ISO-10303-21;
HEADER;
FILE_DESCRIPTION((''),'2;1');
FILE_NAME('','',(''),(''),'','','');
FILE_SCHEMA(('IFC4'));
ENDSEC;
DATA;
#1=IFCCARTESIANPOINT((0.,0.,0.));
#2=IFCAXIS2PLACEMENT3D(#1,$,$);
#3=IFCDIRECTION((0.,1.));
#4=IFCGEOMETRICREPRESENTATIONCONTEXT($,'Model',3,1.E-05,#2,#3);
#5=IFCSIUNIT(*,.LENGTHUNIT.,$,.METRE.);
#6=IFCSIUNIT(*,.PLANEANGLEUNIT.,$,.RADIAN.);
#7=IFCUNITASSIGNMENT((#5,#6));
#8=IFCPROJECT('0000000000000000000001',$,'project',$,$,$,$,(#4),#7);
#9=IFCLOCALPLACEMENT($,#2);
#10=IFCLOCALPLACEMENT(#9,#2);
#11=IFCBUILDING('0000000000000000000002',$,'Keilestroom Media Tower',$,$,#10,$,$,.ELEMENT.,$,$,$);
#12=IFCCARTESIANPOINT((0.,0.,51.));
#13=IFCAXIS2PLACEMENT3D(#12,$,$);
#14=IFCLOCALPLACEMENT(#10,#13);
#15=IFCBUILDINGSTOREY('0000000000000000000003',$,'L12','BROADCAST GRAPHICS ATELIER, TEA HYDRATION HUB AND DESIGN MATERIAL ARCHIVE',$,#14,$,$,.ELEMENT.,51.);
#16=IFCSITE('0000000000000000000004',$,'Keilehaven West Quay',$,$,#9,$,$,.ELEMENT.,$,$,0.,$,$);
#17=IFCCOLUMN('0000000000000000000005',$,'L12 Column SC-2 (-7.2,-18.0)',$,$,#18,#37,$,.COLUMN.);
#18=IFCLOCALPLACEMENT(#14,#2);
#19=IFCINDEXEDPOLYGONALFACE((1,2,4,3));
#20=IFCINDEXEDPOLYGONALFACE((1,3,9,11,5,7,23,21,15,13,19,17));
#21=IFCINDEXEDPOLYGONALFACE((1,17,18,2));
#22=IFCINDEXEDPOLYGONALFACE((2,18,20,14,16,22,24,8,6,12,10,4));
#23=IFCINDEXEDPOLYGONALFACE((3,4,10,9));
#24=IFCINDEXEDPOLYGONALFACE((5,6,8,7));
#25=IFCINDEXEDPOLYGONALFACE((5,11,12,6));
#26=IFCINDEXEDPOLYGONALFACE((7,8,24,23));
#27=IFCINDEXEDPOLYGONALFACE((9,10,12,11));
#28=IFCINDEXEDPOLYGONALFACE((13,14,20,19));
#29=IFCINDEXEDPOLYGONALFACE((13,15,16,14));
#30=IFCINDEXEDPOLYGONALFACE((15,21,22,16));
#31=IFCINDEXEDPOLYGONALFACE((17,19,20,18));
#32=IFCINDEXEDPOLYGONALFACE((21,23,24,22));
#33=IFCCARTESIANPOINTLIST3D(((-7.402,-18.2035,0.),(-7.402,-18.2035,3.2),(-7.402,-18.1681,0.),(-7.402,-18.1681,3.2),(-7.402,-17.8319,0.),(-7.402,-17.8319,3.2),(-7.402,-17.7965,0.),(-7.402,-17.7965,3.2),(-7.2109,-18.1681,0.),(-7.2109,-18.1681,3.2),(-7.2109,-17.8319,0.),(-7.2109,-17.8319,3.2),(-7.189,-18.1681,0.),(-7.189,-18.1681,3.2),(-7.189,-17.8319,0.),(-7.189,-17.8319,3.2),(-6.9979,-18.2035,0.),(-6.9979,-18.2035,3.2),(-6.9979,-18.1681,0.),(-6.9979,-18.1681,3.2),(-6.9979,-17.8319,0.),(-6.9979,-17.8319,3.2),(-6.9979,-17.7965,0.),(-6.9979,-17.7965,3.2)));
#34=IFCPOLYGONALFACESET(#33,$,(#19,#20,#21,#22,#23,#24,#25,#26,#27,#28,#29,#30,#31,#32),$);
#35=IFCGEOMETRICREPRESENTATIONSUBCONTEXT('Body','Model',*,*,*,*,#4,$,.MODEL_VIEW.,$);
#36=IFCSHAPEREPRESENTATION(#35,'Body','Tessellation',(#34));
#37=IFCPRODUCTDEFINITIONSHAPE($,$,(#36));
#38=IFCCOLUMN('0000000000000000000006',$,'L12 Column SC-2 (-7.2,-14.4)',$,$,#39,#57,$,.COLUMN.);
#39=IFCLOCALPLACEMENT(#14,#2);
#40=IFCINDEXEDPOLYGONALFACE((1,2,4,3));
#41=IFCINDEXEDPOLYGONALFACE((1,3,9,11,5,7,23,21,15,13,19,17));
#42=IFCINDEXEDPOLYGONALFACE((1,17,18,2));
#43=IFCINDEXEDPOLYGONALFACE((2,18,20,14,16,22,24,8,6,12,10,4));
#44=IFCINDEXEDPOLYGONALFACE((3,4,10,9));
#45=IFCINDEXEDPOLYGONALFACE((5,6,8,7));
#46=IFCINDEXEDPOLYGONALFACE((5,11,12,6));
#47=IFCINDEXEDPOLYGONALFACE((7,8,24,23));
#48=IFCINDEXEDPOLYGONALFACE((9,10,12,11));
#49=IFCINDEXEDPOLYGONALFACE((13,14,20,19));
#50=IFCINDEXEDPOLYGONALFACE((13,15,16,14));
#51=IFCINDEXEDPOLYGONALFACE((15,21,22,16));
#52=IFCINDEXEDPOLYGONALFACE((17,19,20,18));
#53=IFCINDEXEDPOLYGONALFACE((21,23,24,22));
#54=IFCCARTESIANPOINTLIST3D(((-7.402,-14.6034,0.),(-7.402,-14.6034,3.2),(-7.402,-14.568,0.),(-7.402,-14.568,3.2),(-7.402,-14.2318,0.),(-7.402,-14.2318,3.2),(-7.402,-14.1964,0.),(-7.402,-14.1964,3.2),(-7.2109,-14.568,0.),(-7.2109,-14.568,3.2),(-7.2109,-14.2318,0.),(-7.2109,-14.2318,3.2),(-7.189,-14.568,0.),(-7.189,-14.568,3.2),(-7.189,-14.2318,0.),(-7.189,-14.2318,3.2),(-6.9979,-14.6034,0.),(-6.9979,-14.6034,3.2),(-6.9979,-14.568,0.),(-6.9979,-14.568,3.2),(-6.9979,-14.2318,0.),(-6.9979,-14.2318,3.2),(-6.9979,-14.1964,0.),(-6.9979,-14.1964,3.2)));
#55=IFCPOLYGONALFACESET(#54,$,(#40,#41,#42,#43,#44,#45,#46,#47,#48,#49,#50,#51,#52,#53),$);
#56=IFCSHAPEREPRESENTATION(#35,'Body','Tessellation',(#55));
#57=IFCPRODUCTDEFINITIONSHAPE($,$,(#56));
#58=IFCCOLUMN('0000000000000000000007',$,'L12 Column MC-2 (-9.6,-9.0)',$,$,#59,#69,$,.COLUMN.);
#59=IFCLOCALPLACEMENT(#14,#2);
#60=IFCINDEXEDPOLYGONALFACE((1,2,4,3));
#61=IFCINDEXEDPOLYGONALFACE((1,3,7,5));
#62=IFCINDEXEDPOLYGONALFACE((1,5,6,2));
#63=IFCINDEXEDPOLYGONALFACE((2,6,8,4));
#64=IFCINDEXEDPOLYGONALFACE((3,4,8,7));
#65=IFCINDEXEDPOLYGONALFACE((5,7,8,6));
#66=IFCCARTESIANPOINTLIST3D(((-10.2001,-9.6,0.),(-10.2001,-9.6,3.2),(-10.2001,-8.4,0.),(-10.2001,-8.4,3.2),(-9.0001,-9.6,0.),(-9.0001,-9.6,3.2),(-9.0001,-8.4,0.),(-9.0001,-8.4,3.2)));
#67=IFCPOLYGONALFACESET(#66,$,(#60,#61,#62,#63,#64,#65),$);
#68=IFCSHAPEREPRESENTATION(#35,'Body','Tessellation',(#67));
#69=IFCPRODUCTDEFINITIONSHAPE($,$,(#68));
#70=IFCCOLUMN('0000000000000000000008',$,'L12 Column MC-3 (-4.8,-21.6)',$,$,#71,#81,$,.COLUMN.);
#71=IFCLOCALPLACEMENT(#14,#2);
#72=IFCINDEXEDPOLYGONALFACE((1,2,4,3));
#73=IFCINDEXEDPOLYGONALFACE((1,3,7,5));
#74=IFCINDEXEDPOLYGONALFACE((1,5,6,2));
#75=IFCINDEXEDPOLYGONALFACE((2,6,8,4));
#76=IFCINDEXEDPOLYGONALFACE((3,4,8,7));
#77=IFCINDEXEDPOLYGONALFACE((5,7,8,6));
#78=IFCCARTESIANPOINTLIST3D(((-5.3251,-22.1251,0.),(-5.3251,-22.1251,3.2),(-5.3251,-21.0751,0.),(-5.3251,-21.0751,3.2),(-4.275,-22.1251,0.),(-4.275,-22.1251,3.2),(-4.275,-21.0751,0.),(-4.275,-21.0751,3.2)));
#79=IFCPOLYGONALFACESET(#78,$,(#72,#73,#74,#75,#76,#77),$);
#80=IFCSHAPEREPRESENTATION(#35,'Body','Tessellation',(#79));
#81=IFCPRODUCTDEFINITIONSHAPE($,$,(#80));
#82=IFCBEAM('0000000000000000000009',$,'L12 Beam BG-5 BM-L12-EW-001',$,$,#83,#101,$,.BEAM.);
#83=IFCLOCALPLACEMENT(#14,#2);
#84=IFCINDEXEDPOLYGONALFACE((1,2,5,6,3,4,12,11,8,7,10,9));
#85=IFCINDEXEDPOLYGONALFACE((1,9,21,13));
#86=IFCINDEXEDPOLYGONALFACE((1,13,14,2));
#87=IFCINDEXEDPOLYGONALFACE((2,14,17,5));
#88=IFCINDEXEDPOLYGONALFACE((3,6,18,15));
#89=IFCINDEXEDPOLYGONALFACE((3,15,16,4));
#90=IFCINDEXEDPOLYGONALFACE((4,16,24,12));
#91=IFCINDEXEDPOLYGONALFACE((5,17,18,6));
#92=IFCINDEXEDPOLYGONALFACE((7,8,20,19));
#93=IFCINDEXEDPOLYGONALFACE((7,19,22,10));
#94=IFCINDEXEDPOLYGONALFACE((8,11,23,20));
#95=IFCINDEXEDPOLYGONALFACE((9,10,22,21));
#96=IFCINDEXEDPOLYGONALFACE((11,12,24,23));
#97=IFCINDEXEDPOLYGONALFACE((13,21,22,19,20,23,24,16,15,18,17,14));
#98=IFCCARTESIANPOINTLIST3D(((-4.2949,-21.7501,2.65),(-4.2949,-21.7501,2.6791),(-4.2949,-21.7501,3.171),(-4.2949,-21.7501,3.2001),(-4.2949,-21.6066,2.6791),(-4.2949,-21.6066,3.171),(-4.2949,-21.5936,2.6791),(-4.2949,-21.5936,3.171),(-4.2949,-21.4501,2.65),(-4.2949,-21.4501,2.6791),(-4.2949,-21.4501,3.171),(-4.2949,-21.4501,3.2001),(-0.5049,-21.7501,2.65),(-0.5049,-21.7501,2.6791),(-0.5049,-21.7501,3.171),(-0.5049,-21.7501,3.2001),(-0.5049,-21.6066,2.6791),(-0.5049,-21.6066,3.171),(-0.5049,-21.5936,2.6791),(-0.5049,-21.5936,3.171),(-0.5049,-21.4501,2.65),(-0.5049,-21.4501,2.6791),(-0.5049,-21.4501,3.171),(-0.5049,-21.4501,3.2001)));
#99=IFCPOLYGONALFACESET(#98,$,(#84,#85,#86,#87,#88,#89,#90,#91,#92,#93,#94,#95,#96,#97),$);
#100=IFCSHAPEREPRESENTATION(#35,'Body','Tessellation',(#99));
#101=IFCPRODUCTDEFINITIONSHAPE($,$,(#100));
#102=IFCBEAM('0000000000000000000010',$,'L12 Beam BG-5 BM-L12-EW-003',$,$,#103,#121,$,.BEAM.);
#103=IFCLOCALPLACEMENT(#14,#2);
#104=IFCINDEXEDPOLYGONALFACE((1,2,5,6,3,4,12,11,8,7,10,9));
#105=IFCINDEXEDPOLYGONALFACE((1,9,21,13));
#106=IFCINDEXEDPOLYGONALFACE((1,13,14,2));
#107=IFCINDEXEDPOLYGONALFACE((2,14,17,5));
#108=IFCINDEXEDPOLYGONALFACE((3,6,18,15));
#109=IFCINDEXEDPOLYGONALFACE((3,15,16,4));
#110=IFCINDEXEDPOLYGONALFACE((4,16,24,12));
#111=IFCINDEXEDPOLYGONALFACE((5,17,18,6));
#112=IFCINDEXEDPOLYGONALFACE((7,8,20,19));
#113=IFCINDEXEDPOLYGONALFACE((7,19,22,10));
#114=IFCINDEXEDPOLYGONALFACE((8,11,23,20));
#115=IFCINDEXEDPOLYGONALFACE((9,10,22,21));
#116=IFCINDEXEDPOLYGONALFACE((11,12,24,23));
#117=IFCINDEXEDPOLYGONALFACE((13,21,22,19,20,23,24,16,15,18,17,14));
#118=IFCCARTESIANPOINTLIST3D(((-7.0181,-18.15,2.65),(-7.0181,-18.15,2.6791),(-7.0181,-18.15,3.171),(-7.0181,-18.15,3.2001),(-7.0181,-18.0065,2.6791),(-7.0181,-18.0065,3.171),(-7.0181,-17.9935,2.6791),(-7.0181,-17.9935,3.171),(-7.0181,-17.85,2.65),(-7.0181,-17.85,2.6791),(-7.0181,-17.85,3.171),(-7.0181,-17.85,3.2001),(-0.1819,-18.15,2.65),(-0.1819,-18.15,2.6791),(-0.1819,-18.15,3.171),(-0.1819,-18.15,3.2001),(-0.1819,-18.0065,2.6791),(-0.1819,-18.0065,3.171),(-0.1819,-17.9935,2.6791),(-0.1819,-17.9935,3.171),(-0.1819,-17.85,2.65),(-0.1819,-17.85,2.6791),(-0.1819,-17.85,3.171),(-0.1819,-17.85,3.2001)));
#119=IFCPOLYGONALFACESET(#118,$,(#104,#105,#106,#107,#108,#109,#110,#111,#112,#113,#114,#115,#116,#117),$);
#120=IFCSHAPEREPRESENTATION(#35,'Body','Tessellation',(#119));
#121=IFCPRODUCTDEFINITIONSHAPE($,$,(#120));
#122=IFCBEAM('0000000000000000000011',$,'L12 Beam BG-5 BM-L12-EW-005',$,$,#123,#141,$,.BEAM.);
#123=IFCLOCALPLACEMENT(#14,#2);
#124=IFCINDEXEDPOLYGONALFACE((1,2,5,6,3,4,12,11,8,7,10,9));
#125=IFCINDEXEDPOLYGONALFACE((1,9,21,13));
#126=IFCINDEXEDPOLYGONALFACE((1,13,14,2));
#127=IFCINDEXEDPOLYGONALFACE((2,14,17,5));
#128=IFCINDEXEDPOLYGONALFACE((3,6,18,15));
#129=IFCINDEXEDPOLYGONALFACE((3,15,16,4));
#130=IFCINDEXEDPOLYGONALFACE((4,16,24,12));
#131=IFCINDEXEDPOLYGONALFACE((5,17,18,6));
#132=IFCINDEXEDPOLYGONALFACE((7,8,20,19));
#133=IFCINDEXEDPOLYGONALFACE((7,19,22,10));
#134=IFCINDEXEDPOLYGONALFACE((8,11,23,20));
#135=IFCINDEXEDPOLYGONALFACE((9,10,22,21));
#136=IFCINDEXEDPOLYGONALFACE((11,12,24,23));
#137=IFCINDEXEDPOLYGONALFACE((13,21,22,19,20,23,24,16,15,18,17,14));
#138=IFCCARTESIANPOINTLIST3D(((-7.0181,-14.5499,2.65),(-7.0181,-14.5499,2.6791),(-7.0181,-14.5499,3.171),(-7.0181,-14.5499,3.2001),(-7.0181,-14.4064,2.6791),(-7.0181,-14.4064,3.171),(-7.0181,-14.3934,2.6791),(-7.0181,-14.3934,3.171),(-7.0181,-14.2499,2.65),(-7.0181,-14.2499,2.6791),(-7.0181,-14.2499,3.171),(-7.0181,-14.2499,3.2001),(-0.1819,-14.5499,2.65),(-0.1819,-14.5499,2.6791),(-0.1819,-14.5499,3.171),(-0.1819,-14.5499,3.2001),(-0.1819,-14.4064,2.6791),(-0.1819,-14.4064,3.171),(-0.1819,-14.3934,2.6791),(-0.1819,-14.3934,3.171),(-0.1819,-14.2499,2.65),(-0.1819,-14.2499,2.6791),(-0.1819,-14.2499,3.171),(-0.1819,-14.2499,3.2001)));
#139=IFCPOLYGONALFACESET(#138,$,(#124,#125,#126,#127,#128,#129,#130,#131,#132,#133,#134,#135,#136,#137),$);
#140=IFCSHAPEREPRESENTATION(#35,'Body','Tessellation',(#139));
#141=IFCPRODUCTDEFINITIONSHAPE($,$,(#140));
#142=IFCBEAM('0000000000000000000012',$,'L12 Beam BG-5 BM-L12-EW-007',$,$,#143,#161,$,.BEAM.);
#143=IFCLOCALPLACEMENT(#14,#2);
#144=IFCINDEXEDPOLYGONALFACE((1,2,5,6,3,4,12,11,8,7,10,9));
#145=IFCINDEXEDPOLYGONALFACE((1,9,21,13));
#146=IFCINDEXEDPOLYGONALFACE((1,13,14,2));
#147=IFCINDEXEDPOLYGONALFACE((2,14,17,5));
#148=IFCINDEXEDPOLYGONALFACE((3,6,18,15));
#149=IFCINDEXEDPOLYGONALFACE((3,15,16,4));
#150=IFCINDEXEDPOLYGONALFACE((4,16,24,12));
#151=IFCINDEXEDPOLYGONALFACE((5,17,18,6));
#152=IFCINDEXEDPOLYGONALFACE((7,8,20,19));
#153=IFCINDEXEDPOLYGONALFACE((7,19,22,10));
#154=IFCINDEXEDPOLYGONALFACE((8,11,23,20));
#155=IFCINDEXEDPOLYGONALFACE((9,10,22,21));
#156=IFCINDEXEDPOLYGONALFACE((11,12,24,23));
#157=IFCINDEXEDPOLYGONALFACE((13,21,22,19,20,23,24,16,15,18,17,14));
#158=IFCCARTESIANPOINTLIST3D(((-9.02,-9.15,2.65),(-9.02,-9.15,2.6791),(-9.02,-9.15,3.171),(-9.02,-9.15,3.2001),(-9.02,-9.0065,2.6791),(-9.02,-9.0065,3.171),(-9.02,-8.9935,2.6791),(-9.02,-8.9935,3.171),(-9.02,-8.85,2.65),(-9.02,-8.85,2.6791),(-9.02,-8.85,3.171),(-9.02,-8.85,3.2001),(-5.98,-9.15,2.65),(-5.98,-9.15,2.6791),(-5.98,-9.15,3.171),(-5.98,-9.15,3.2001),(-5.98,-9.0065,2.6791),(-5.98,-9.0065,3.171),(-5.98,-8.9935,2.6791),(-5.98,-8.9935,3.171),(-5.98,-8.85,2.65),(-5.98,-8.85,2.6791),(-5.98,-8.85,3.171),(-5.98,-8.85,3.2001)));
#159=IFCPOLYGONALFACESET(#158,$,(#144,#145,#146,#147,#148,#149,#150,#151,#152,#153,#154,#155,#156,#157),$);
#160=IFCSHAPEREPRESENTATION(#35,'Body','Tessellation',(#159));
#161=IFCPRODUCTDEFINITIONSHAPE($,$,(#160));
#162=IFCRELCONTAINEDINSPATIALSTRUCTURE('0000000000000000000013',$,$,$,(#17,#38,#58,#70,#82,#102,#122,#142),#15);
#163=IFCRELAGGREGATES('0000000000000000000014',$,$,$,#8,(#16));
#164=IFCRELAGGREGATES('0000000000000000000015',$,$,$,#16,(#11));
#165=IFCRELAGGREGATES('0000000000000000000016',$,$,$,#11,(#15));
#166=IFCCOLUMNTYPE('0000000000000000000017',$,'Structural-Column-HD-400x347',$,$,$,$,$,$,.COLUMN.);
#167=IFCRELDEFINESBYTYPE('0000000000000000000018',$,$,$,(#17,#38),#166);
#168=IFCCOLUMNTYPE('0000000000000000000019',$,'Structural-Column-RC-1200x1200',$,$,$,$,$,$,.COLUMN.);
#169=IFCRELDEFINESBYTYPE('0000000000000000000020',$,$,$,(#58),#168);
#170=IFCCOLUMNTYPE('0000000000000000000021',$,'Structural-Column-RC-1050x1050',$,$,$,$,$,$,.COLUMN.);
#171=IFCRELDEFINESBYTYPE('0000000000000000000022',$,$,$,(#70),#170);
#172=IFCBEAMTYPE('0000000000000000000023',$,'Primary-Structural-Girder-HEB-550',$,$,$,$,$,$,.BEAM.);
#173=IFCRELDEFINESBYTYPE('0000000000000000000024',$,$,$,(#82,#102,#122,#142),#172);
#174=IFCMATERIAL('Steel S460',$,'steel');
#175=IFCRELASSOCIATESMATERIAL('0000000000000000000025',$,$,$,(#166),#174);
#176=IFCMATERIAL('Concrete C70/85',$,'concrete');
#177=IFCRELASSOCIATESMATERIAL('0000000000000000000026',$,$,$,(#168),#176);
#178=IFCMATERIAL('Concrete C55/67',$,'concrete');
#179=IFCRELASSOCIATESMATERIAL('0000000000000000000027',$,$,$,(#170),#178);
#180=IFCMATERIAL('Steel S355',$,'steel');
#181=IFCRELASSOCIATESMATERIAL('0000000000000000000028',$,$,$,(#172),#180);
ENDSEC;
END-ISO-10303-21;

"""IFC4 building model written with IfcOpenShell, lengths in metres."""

from ifc_helpers import new_model, si_unit, direction, frame, origin, origin_2d, place, context, subcontext, project, spatial, rectangle, i_section, extrude, source, transform, mapped, material, material_profile, profile_set, type_object, element, save


model = new_model("IFC4")

# Units and contexts
model_context = context("Model", 3, precision=1e-05, world=origin(), true_north=direction((0.0, 1.0)))
body_context = subcontext(model_context, "Body", "Model", "MODEL_VIEW")
ifc_project = project(units=[si_unit("LENGTHUNIT", "METRE"), si_unit("PLANEANGLEUNIT", "RADIAN")], contexts=[model_context])

# Site, building, storey
site_placement = place(None, origin())
site = spatial("IfcSite", under=ifc_project, at=site_placement, Name="Keilehaven West Quay", CompositionType="ELEMENT", RefElevation=0.0)
building_placement = place(site_placement, origin())
building = spatial("IfcBuilding", under=site, at=building_placement, Name="Keilestroom Media Tower", CompositionType="ELEMENT")
storey_placement = place(building_placement, frame((0.0, 0.0, 51.0)))
storey = spatial("IfcBuildingStorey", under=building, at=storey_placement, Name="L12", Description="BROADCAST GRAPHICS ATELIER, TEA HYDRATION HUB AND DESIGN MATERIAL ARCHIVE", CompositionType="ELEMENT", Elevation=51.0)

# Columns
ifc_material_1 = material(Name="Steel S460", Category="steel")
ifc_material_profile_1 = material_profile(ifc_material_1, i_section(OverallWidth=0.4041, OverallDepth=0.407, WebThickness=0.022, FlangeThickness=0.0354, at=origin_2d()), Name="HD 400x347")
ifc_profile_set_1 = profile_set([ifc_material_profile_1], Name="Steel S460")
column_type_1 = type_object("IfcColumnType", Name="Structural-Column-HD-400x347", PredefinedType="COLUMN", material=ifc_profile_set_1)
shared_shape_1 = source(origin(), body_context, "Body", "SweptSolid", [
    extrude(i_section(OverallWidth=0.4041, OverallDepth=0.407, WebThickness=0.022, FlangeThickness=0.0354, at=origin_2d()), origin(), (0.0, 0.0, 1.0), 3.2),
])
for number, where, z_axis, x_axis, name in (
    (1, (-7.2, -18.0, 0.0), (0.0, 0.0, 1.0), (1.0, 0.0, 0.0), "L12 Column SC-2 (-7.2,-18.0)"),
    (2, (-7.2, -14.3999, 0.0), (0.0, 0.0, 1.0), (1.0, 0.0, 0.0), "L12 Column SC-2 (-7.2,-14.4)"),
):
    element("IfcColumn", number, at=place(storey_placement, frame(where, z_axis=z_axis, x_axis=x_axis)), inside=storey, type_object=column_type_1, Name=name, PredefinedType="COLUMN", context=body_context, shape_type="MappedRepresentation", body=[
        mapped(shared_shape_1, transform((0.0, 0.0, 0.0), x_axis=(1.0, 0.0, 0.0), y_axis=(0.0, 1.0, 0.0), z_axis=(0.0, 0.0, 1.0), scale=1.0)),
    ])
ifc_material_2 = material(Name="Concrete C70/85", Category="concrete")
ifc_material_profile_2 = material_profile(ifc_material_2, rectangle(XDim=1.2, YDim=1.2, at=origin_2d()), Name="RC 1200x1200")
ifc_profile_set_2 = profile_set([ifc_material_profile_2], Name="Concrete C70/85")
column_type_2 = type_object("IfcColumnType", Name="Structural-Column-RC-1200x1200", PredefinedType="COLUMN", material=ifc_profile_set_2)
shared_shape_2 = source(origin(), body_context, "Body", "SweptSolid", [
    extrude(rectangle(XDim=1.2, YDim=1.2, at=origin_2d()), origin(), (0.0, 0.0, 1.0), 3.2),
])
column_1_placement = place(storey_placement, frame((-9.6001, -9.0, 0.0), z_axis=(0.0, 0.0, 1.0), x_axis=(1.0, 0.0, 0.0)))
element("IfcColumn", 3, at=column_1_placement, inside=storey, type_object=column_type_2, Name="L12 Column MC-2 (-9.6,-9.0)", PredefinedType="COLUMN", context=body_context, shape_type="MappedRepresentation", body=[
    mapped(shared_shape_2, transform((0.0, 0.0, 0.0), x_axis=(1.0, 0.0, 0.0), y_axis=(0.0, 1.0, 0.0), z_axis=(0.0, 0.0, 1.0), scale=1.0)),
])
ifc_material_3 = material(Name="Concrete C55/67", Category="concrete")
ifc_material_profile_3 = material_profile(ifc_material_3, rectangle(XDim=1.05, YDim=1.05, at=origin_2d()), Name="RC 1050x1050")
ifc_profile_set_3 = profile_set([ifc_material_profile_3], Name="Concrete C55/67")
column_type_3 = type_object("IfcColumnType", Name="Structural-Column-RC-1050x1050", PredefinedType="COLUMN", material=ifc_profile_set_3)
shared_shape_3 = source(origin(), body_context, "Body", "SweptSolid", [
    extrude(rectangle(XDim=1.05, YDim=1.05, at=origin_2d()), origin(), (0.0, 0.0, 1.0), 3.2),
])
column_2_placement = place(storey_placement, frame((-4.8, -21.6001, 0.0), z_axis=(0.0, 0.0, 1.0), x_axis=(1.0, 0.0, 0.0)))
element("IfcColumn", 4, at=column_2_placement, inside=storey, type_object=column_type_3, Name="L12 Column MC-3 (-4.8,-21.6)", PredefinedType="COLUMN", context=body_context, shape_type="MappedRepresentation", body=[
    mapped(shared_shape_3, transform((0.0, 0.0, 0.0), x_axis=(1.0, 0.0, 0.0), y_axis=(0.0, 1.0, 0.0), z_axis=(0.0, 0.0, 1.0), scale=1.0)),
])

# Beams
ifc_material_4 = material(Name="Steel S355", Category="steel")
ifc_material_profile_4 = material_profile(ifc_material_4, i_section(OverallWidth=0.3, OverallDepth=0.55, WebThickness=0.0129, FlangeThickness=0.0291, at=origin_2d()), Name="HEB 550")
ifc_profile_set_4 = profile_set([ifc_material_profile_4], Name="Steel S355")
beam_type_1 = type_object("IfcBeamType", Name="Primary-Structural-Girder-HEB-550", PredefinedType="BEAM", material=ifc_profile_set_4)
shared_shape_4 = source(origin(), body_context, "Body", "SweptSolid", [
    extrude(i_section(OverallWidth=0.3, OverallDepth=0.55, WebThickness=0.0129, FlangeThickness=0.0291, at=origin_2d()), origin(), (0.0, 0.0, 1.0), 3.79),
])
beam_1_placement = place(storey_placement, frame((-4.2949, -21.6001, 2.925), z_axis=(1.0, 0.0, 0.0), x_axis=(0.0, 1.0, 0.0)))
element("IfcBeam", 5, at=beam_1_placement, inside=storey, type_object=beam_type_1, Name="L12 Beam BG-5 BM-L12-EW-001", PredefinedType="BEAM", context=body_context, shape_type="MappedRepresentation", body=[
    mapped(shared_shape_4, transform((0.0, 0.0, 0.0), x_axis=(1.0, 0.0, 0.0), y_axis=(0.0, 1.0, 0.0), z_axis=(0.0, 0.0, 1.0), scale=1.0)),
])
shared_shape_5 = source(origin(), body_context, "Body", "SweptSolid", [
    extrude(i_section(OverallWidth=0.3, OverallDepth=0.55, WebThickness=0.0129, FlangeThickness=0.0291, at=origin_2d()), origin(), (0.0, 0.0, 1.0), 6.8362),
])
for number, where, z_axis, x_axis, name in (
    (6, (-7.0181, -18.0, 2.925), (1.0, 0.0, 0.0), (0.0, 1.0, 0.0), "L12 Beam BG-5 BM-L12-EW-003"),
    (7, (-7.0181, -14.3999, 2.925), (1.0, 0.0, 0.0), (0.0, 1.0, 0.0), "L12 Beam BG-5 BM-L12-EW-005"),
):
    element("IfcBeam", number, at=place(storey_placement, frame(where, z_axis=z_axis, x_axis=x_axis)), inside=storey, type_object=beam_type_1, Name=name, PredefinedType="BEAM", context=body_context, shape_type="MappedRepresentation", body=[
        mapped(shared_shape_5, transform((0.0, 0.0, 0.0), x_axis=(1.0, 0.0, 0.0), y_axis=(0.0, 1.0, 0.0), z_axis=(0.0, 0.0, 1.0), scale=1.0)),
    ])
shared_shape_6 = source(origin(), body_context, "Body", "SweptSolid", [
    extrude(i_section(OverallWidth=0.3, OverallDepth=0.55, WebThickness=0.0129, FlangeThickness=0.0291, at=origin_2d()), origin(), (0.0, 0.0, 1.0), 3.04),
])
beam_2_placement = place(storey_placement, frame((-9.02, -9.0, 2.925), z_axis=(1.0, 0.0, 0.0), x_axis=(0.0, 1.0, 0.0)))
element("IfcBeam", 8, at=beam_2_placement, inside=storey, type_object=beam_type_1, Name="L12 Beam BG-5 BM-L12-EW-007", PredefinedType="BEAM", context=body_context, shape_type="MappedRepresentation", body=[
    mapped(shared_shape_6, transform((0.0, 0.0, 0.0), x_axis=(1.0, 0.0, 0.0), y_axis=(0.0, 1.0, 0.0), z_axis=(0.0, 0.0, 1.0), scale=1.0)),
])

save(model, "model.ifc")
